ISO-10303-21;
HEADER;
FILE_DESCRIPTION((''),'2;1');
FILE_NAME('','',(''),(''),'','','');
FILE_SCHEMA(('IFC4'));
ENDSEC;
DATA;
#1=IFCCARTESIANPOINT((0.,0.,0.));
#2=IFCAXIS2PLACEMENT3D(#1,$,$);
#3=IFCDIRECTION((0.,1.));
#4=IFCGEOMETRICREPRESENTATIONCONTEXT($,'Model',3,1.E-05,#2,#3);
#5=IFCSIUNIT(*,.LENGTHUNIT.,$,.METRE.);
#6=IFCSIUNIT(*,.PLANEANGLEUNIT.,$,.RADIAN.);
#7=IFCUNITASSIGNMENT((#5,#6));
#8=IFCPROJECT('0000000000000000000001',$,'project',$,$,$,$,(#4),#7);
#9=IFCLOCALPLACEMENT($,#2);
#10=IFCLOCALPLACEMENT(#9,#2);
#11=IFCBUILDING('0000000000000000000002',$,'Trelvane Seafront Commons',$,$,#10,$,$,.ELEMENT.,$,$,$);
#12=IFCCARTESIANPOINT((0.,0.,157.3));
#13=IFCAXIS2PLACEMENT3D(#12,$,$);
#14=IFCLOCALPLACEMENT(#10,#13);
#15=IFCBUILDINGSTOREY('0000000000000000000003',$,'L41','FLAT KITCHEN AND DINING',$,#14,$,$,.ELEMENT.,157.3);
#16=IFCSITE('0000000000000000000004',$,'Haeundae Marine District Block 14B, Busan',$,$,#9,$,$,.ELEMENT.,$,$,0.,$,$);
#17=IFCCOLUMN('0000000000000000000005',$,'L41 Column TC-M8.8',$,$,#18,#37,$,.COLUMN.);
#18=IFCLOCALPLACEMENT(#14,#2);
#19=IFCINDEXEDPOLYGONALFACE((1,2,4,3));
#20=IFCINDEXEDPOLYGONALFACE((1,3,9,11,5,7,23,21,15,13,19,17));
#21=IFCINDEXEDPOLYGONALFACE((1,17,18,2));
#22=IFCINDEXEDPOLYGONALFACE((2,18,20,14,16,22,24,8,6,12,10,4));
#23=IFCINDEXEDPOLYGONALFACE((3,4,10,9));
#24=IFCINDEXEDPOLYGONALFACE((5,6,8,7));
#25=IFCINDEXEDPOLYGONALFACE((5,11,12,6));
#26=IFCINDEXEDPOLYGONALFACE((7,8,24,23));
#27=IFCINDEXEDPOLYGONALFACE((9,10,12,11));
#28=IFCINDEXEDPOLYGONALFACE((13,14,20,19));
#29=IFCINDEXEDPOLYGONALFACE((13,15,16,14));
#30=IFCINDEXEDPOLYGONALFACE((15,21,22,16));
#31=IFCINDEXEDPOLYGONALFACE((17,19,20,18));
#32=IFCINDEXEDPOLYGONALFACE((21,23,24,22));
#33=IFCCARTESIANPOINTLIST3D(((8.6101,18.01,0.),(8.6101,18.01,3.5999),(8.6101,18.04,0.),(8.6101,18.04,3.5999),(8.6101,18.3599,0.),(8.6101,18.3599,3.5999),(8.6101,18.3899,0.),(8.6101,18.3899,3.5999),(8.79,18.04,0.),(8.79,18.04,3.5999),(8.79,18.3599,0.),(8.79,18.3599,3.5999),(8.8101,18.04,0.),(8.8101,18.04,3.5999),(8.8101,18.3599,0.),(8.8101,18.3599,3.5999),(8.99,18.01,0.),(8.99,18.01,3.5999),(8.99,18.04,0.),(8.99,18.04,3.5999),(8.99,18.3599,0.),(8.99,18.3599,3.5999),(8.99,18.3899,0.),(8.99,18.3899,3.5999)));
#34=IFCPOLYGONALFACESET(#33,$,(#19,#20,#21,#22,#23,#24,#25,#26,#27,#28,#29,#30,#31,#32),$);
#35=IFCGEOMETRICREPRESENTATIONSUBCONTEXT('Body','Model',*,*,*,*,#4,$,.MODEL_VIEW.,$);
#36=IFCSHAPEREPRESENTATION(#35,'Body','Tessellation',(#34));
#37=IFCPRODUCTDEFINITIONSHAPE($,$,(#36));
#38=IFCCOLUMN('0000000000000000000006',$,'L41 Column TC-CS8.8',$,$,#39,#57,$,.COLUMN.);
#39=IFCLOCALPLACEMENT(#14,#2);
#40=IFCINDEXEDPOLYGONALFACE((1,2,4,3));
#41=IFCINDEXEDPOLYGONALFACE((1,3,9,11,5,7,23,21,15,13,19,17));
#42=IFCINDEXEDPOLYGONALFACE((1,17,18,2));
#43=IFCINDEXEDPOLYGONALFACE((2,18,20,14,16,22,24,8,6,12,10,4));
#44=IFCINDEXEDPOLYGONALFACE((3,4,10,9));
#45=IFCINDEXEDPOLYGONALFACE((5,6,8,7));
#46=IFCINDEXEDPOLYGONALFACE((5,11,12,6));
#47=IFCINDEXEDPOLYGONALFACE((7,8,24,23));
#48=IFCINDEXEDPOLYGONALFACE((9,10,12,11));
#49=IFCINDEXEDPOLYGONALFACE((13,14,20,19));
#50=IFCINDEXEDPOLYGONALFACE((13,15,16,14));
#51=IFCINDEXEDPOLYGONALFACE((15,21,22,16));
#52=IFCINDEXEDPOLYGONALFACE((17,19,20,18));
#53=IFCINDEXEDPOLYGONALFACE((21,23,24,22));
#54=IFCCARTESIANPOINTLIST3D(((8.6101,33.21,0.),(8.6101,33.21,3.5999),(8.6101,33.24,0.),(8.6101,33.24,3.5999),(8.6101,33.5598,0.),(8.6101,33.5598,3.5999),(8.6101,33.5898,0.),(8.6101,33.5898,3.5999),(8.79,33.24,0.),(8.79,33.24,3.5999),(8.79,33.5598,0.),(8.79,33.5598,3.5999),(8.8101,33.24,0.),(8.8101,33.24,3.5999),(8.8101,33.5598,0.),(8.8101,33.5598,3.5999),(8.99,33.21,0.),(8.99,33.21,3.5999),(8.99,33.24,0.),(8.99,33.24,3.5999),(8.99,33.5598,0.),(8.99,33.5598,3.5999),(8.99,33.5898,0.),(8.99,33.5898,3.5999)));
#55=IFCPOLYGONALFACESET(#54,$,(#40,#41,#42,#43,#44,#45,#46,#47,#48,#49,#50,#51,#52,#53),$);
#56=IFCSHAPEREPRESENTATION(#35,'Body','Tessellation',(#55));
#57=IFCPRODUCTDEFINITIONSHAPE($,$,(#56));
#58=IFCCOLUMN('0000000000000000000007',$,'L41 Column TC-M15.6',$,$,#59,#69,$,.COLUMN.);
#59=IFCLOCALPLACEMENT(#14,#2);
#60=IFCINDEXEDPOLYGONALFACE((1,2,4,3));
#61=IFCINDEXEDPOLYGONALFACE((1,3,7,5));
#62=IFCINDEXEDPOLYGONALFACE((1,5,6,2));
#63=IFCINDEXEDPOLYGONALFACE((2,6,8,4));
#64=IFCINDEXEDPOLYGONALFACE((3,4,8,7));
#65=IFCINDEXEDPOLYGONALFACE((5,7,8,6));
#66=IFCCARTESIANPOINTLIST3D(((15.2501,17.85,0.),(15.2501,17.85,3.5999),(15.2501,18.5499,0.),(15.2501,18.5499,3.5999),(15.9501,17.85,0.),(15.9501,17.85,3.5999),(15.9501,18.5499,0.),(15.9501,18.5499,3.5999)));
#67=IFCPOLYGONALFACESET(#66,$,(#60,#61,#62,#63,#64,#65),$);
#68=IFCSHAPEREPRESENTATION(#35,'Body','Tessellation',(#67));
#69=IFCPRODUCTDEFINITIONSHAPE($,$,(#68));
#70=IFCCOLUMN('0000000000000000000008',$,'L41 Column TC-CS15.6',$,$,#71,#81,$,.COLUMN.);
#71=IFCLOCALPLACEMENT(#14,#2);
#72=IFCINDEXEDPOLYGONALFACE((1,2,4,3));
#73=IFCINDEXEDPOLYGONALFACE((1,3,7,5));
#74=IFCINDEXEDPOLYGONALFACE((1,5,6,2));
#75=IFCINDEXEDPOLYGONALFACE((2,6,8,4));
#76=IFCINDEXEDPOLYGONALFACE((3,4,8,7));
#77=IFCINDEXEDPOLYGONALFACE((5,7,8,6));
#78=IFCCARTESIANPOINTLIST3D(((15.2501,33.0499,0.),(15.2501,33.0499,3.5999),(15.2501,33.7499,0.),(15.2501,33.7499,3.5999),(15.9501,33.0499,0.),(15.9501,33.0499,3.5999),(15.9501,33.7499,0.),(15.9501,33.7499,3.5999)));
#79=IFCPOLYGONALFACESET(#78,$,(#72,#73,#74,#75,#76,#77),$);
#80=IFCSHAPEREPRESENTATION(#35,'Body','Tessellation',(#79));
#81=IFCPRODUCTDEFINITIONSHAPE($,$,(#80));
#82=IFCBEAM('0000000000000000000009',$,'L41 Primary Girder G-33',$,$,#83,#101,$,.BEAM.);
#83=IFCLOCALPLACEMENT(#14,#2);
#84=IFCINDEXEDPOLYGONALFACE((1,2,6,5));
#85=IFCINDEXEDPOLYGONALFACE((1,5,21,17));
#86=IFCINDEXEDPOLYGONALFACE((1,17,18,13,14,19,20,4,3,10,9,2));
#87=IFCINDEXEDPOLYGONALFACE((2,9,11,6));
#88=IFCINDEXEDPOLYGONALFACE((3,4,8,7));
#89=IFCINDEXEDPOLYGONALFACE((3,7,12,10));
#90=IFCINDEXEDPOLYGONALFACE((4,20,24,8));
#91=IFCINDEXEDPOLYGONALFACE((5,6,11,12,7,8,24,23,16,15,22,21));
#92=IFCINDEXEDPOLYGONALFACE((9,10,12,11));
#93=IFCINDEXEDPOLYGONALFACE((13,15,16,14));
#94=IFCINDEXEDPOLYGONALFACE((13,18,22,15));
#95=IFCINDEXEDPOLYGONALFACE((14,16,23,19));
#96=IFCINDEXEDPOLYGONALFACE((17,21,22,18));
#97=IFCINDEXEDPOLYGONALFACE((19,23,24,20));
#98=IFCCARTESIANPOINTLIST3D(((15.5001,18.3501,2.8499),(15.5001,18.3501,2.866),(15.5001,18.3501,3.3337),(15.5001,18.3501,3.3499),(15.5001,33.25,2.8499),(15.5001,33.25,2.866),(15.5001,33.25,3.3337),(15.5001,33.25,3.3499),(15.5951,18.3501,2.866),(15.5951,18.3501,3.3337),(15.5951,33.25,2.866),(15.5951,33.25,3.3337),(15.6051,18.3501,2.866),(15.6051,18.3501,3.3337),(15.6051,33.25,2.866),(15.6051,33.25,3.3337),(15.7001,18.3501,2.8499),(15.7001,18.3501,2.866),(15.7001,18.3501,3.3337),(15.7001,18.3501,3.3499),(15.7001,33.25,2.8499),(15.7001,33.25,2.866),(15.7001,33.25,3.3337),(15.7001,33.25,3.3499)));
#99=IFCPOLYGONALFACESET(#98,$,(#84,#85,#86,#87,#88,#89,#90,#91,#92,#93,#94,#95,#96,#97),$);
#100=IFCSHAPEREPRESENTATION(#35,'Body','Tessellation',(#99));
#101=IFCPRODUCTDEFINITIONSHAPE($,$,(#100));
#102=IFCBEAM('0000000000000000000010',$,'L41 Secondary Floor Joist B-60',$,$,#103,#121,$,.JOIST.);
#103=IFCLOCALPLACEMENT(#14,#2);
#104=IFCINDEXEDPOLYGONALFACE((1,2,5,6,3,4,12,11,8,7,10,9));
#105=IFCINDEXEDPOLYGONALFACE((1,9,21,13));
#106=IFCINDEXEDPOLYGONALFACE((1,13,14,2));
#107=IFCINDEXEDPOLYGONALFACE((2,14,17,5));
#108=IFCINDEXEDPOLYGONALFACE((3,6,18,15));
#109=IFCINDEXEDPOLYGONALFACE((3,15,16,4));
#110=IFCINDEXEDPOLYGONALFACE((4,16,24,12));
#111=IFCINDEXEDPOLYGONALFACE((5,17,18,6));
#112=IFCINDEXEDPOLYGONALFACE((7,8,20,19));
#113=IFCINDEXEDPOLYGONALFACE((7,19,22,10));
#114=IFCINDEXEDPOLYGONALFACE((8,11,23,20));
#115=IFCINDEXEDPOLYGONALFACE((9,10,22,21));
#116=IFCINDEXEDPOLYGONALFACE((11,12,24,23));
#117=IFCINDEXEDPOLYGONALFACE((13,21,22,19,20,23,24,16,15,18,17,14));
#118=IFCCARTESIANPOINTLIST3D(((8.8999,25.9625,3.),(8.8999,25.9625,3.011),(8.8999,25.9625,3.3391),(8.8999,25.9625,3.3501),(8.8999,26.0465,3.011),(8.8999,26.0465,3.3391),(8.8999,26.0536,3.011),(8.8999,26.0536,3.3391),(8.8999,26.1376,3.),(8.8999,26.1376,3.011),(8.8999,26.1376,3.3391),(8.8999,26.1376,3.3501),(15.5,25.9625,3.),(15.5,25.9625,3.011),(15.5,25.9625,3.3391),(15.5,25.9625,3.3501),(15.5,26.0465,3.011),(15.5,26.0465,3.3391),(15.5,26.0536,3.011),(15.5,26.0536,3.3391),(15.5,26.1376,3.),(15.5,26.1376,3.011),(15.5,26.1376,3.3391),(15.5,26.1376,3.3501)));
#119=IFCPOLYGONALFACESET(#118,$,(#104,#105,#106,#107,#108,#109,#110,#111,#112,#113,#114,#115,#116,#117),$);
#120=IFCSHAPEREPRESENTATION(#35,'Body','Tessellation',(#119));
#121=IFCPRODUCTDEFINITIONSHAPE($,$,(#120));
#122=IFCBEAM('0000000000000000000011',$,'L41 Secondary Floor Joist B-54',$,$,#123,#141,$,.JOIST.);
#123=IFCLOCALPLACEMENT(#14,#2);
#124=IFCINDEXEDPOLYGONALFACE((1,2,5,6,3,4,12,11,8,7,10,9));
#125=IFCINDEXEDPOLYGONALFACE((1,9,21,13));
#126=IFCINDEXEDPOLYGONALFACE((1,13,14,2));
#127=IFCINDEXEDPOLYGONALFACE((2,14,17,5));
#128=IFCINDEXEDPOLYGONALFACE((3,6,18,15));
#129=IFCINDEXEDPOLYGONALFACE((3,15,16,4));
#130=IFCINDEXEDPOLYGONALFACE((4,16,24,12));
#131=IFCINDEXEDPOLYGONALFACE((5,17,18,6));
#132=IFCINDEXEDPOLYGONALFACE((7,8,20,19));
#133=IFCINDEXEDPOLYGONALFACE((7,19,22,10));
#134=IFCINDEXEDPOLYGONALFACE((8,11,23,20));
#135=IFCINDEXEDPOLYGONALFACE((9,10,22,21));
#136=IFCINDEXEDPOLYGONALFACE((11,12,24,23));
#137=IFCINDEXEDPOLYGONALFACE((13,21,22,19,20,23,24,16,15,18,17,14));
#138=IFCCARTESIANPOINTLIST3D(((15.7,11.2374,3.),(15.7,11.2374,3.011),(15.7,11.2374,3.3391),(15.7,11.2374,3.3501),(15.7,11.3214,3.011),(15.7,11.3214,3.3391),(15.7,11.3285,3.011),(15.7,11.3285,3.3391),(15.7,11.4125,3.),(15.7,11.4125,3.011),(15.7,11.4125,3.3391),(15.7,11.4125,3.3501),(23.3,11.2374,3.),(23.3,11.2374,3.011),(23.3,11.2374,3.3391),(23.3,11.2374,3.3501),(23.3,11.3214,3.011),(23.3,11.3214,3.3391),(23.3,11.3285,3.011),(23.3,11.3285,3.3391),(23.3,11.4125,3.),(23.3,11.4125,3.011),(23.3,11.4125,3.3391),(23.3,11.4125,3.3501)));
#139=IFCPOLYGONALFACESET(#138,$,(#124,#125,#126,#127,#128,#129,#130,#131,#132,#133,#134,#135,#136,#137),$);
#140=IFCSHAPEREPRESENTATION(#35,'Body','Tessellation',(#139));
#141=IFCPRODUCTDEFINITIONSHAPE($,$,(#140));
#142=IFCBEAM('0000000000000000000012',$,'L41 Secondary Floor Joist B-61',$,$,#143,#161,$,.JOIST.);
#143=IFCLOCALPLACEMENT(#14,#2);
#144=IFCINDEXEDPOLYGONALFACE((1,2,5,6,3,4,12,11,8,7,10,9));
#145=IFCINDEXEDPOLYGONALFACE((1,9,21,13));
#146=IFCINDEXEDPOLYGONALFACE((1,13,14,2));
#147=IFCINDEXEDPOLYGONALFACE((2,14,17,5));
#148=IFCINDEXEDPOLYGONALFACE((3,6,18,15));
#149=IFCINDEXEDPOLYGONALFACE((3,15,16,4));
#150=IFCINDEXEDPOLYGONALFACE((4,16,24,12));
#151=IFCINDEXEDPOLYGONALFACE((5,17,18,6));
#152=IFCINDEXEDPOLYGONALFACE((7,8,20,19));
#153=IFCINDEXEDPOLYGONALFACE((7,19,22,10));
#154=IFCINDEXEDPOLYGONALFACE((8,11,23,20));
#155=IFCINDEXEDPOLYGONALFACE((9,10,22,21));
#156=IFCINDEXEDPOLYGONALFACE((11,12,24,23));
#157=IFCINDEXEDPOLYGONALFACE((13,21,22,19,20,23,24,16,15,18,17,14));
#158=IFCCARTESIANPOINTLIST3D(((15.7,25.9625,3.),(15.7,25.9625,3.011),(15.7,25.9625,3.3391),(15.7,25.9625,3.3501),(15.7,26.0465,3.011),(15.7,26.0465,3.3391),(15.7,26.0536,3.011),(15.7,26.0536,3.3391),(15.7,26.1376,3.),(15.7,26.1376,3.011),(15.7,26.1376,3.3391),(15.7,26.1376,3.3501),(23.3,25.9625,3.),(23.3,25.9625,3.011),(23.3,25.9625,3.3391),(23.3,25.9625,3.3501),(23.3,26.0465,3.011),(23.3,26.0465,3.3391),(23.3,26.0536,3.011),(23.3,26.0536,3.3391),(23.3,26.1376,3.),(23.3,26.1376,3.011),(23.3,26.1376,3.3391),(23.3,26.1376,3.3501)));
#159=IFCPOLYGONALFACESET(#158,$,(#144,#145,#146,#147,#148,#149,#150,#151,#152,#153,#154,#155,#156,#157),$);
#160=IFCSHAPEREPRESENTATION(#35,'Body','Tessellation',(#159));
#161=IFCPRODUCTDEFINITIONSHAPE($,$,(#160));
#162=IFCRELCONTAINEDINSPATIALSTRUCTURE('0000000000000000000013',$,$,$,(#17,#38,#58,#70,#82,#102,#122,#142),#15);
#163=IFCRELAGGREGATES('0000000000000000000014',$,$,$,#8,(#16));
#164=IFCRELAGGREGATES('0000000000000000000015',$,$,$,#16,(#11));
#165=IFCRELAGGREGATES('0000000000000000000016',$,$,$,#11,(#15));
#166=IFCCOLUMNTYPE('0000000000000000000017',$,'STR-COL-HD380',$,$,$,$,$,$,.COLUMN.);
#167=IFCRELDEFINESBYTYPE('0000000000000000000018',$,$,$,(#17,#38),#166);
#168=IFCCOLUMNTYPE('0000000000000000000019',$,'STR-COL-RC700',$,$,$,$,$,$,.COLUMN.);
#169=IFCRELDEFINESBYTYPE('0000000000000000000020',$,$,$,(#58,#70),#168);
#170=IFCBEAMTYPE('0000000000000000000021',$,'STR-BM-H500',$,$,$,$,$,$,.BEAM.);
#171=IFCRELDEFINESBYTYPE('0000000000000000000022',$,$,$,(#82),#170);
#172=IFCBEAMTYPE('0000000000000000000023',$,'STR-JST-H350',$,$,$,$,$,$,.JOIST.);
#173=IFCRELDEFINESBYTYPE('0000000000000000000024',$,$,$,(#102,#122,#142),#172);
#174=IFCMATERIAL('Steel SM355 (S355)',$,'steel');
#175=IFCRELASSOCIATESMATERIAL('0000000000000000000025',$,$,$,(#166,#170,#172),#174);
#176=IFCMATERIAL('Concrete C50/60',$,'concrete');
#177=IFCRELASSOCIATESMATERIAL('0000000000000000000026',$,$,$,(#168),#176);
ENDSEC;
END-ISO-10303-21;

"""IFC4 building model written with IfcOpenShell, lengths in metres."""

from ifc_helpers import new_model, si_unit, direction, frame, origin, origin_2d, place, context, subcontext, project, spatial, rectangle, i_section, extrude, source, transform, mapped, material, material_profile, profile_set, type_object, element, save


model = new_model("IFC4")

# Units and contexts
model_context = context("Model", 3, precision=1e-05, world=origin(), true_north=direction((0.0, 1.0)))
body_context = subcontext(model_context, "Body", "Model", "MODEL_VIEW")
ifc_project = project(units=[si_unit("LENGTHUNIT", "METRE"), si_unit("PLANEANGLEUNIT", "RADIAN")], contexts=[model_context])

# Site, building, storey
site_placement = place(None, origin())
site = spatial("IfcSite", under=ifc_project, at=site_placement, Name="Haeundae Marine District Block 14B, Busan", CompositionType="ELEMENT", RefElevation=0.0)
building_placement = place(site_placement, origin())
building = spatial("IfcBuilding", under=site, at=building_placement, Name="Trelvane Seafront Commons", CompositionType="ELEMENT")
storey_placement = place(building_placement, frame((0.0, 0.0, 157.3)))
storey = spatial("IfcBuildingStorey", under=building, at=storey_placement, Name="L41", Description="FLAT KITCHEN AND DINING", CompositionType="ELEMENT", Elevation=157.3)

# Columns
ifc_material_1 = material(Name="Steel SM355 (S355)", Category="steel")
ifc_material_profile_1 = material_profile(ifc_material_1, i_section(OverallWidth=0.3799, OverallDepth=0.3799, WebThickness=0.02, FlangeThickness=0.03, at=origin_2d()), Name="HD-380x380x20x30")
ifc_profile_set_1 = profile_set([ifc_material_profile_1], Name="Steel SM355 (S355)")
column_type_1 = type_object("IfcColumnType", Name="STR-COL-HD380", PredefinedType="COLUMN", material=ifc_profile_set_1)
shared_shape_1 = source(origin(), body_context, "Body", "SweptSolid", [
    extrude(i_section(OverallWidth=0.3799, OverallDepth=0.3799, WebThickness=0.02, FlangeThickness=0.03, at=origin_2d()), origin(), (0.0, 0.0, 1.0), 3.5999),
])
for number, where, z_axis, x_axis, name in (
    (1, (8.8, 18.2, 0.0), (0.0, 0.0, 1.0), (1.0, 0.0, 0.0), "L41 Column TC-M8.8"),
    (2, (8.8, 33.3999, 0.0), (0.0, 0.0, 1.0), (1.0, 0.0, 0.0), "L41 Column TC-CS8.8"),
):
    element("IfcColumn", number, at=place(storey_placement, frame(where, z_axis=z_axis, x_axis=x_axis)), inside=storey, type_object=column_type_1, Name=name, PredefinedType="COLUMN", context=body_context, shape_type="MappedRepresentation", body=[
        mapped(shared_shape_1, transform((0.0, 0.0, 0.0), x_axis=(1.0, 0.0, 0.0), y_axis=(0.0, 1.0, 0.0), z_axis=(0.0, 0.0, 1.0), scale=1.0)),
    ])
ifc_material_2 = material(Name="Concrete C50/60", Category="concrete")
ifc_material_profile_2 = material_profile(ifc_material_2, rectangle(XDim=0.7, YDim=0.7, at=origin_2d()), Name="RC-700x700")
ifc_profile_set_2 = profile_set([ifc_material_profile_2], Name="Concrete C50/60")
column_type_2 = type_object("IfcColumnType", Name="STR-COL-RC700", PredefinedType="COLUMN", material=ifc_profile_set_2)
shared_shape_2 = source(origin(), body_context, "Body", "SweptSolid", [
    extrude(rectangle(XDim=0.7, YDim=0.7, at=origin_2d()), origin(), (0.0, 0.0, 1.0), 3.5999),
])
for number, where, z_axis, x_axis, name in (
    (3, (15.6001, 18.2, 0.0), (0.0, 0.0, 1.0), (1.0, 0.0, 0.0), "L41 Column TC-M15.6"),
    (4, (15.6001, 33.3999, 0.0), (0.0, 0.0, 1.0), (1.0, 0.0, 0.0), "L41 Column TC-CS15.6"),
):
    element("IfcColumn", number, at=place(storey_placement, frame(where, z_axis=z_axis, x_axis=x_axis)), inside=storey, type_object=column_type_2, Name=name, PredefinedType="COLUMN", context=body_context, shape_type="MappedRepresentation", body=[
        mapped(shared_shape_2, transform((0.0, 0.0, 0.0), x_axis=(1.0, 0.0, 0.0), y_axis=(0.0, 1.0, 0.0), z_axis=(0.0, 0.0, 1.0), scale=1.0)),
    ])

# Beams
ifc_material_profile_3 = material_profile(ifc_material_1, i_section(OverallWidth=0.2, OverallDepth=0.5, WebThickness=0.01, FlangeThickness=0.0161, at=origin_2d()), Name="H-500x200x10x16")
ifc_profile_set_3 = profile_set([ifc_material_profile_3], Name="Steel SM355 (S355)")
beam_type_1 = type_object("IfcBeamType", Name="STR-BM-H500", PredefinedType="BEAM", material=ifc_profile_set_3)
shared_shape_3 = source(origin(), body_context, "Body", "SweptSolid", [
    extrude(i_section(OverallWidth=0.2, OverallDepth=0.5, WebThickness=0.01, FlangeThickness=0.0161, at=origin_2d()), origin(), (0.0, 0.0, 1.0), 14.8999),
])
beam_1_placement = place(storey_placement, frame((15.6001, 18.3501, 3.0999), z_axis=(0.0, 1.0, 0.0), x_axis=(-1.0, 0.0, 0.0)))
element("IfcBeam", 5, at=beam_1_placement, inside=storey, type_object=beam_type_1, Name="L41 Primary Girder G-33", PredefinedType="BEAM", context=body_context, shape_type="MappedRepresentation", body=[
    mapped(shared_shape_3, transform((0.0, 0.0, 0.0), x_axis=(1.0, 0.0, 0.0), y_axis=(0.0, 1.0, 0.0), z_axis=(0.0, 0.0, 1.0), scale=1.0)),
])
ifc_material_profile_4 = material_profile(ifc_material_1, i_section(OverallWidth=0.175, OverallDepth=0.3501, WebThickness=0.0071, FlangeThickness=0.011, at=origin_2d()), Name="H-350x175x7x11")
ifc_profile_set_4 = profile_set([ifc_material_profile_4], Name="Steel SM355 (S355)")
beam_type_2 = type_object("IfcBeamType", Name="STR-JST-H350", PredefinedType="JOIST", material=ifc_profile_set_4)
shared_shape_4 = source(origin(), body_context, "Body", "SweptSolid", [
    extrude(i_section(OverallWidth=0.175, OverallDepth=0.3501, WebThickness=0.0071, FlangeThickness=0.011, at=origin_2d()), origin(), (0.0, 0.0, 1.0), 6.6001),
])
beam_2_placement = place(storey_placement, frame((8.8999, 26.05, 3.175), z_axis=(1.0, 0.0, 0.0), x_axis=(0.0, 1.0, 0.0)))
element("IfcBeam", 6, at=beam_2_placement, inside=storey, type_object=beam_type_2, Name="L41 Secondary Floor Joist B-60", PredefinedType="JOIST", context=body_context, shape_type="MappedRepresentation", body=[
    mapped(shared_shape_4, transform((0.0, 0.0, 0.0), x_axis=(1.0, 0.0, 0.0), y_axis=(0.0, 1.0, 0.0), z_axis=(0.0, 0.0, 1.0), scale=1.0)),
])
shared_shape_5 = source(origin(), body_context, "Body", "SweptSolid", [
    extrude(i_section(OverallWidth=0.175, OverallDepth=0.3501, WebThickness=0.0071, FlangeThickness=0.011, at=origin_2d()), origin(), (0.0, 0.0, 1.0), 7.6001),
])
for number, where, z_axis, x_axis, name in (
    (7, (15.7, 11.325, 3.175), (1.0, 0.0, 0.0), (0.0, 1.0, 0.0), "L41 Secondary Floor Joist B-54"),
    (8, (15.7, 26.05, 3.175), (1.0, 0.0, 0.0), (0.0, 1.0, 0.0), "L41 Secondary Floor Joist B-61"),
):
    element("IfcBeam", number, at=place(storey_placement, frame(where, z_axis=z_axis, x_axis=x_axis)), inside=storey, type_object=beam_type_2, Name=name, PredefinedType="JOIST", context=body_context, shape_type="MappedRepresentation", body=[
        mapped(shared_shape_5, transform((0.0, 0.0, 0.0), x_axis=(1.0, 0.0, 0.0), y_axis=(0.0, 1.0, 0.0), z_axis=(0.0, 0.0, 1.0), scale=1.0)),
    ])

save(model, "model.ifc")
